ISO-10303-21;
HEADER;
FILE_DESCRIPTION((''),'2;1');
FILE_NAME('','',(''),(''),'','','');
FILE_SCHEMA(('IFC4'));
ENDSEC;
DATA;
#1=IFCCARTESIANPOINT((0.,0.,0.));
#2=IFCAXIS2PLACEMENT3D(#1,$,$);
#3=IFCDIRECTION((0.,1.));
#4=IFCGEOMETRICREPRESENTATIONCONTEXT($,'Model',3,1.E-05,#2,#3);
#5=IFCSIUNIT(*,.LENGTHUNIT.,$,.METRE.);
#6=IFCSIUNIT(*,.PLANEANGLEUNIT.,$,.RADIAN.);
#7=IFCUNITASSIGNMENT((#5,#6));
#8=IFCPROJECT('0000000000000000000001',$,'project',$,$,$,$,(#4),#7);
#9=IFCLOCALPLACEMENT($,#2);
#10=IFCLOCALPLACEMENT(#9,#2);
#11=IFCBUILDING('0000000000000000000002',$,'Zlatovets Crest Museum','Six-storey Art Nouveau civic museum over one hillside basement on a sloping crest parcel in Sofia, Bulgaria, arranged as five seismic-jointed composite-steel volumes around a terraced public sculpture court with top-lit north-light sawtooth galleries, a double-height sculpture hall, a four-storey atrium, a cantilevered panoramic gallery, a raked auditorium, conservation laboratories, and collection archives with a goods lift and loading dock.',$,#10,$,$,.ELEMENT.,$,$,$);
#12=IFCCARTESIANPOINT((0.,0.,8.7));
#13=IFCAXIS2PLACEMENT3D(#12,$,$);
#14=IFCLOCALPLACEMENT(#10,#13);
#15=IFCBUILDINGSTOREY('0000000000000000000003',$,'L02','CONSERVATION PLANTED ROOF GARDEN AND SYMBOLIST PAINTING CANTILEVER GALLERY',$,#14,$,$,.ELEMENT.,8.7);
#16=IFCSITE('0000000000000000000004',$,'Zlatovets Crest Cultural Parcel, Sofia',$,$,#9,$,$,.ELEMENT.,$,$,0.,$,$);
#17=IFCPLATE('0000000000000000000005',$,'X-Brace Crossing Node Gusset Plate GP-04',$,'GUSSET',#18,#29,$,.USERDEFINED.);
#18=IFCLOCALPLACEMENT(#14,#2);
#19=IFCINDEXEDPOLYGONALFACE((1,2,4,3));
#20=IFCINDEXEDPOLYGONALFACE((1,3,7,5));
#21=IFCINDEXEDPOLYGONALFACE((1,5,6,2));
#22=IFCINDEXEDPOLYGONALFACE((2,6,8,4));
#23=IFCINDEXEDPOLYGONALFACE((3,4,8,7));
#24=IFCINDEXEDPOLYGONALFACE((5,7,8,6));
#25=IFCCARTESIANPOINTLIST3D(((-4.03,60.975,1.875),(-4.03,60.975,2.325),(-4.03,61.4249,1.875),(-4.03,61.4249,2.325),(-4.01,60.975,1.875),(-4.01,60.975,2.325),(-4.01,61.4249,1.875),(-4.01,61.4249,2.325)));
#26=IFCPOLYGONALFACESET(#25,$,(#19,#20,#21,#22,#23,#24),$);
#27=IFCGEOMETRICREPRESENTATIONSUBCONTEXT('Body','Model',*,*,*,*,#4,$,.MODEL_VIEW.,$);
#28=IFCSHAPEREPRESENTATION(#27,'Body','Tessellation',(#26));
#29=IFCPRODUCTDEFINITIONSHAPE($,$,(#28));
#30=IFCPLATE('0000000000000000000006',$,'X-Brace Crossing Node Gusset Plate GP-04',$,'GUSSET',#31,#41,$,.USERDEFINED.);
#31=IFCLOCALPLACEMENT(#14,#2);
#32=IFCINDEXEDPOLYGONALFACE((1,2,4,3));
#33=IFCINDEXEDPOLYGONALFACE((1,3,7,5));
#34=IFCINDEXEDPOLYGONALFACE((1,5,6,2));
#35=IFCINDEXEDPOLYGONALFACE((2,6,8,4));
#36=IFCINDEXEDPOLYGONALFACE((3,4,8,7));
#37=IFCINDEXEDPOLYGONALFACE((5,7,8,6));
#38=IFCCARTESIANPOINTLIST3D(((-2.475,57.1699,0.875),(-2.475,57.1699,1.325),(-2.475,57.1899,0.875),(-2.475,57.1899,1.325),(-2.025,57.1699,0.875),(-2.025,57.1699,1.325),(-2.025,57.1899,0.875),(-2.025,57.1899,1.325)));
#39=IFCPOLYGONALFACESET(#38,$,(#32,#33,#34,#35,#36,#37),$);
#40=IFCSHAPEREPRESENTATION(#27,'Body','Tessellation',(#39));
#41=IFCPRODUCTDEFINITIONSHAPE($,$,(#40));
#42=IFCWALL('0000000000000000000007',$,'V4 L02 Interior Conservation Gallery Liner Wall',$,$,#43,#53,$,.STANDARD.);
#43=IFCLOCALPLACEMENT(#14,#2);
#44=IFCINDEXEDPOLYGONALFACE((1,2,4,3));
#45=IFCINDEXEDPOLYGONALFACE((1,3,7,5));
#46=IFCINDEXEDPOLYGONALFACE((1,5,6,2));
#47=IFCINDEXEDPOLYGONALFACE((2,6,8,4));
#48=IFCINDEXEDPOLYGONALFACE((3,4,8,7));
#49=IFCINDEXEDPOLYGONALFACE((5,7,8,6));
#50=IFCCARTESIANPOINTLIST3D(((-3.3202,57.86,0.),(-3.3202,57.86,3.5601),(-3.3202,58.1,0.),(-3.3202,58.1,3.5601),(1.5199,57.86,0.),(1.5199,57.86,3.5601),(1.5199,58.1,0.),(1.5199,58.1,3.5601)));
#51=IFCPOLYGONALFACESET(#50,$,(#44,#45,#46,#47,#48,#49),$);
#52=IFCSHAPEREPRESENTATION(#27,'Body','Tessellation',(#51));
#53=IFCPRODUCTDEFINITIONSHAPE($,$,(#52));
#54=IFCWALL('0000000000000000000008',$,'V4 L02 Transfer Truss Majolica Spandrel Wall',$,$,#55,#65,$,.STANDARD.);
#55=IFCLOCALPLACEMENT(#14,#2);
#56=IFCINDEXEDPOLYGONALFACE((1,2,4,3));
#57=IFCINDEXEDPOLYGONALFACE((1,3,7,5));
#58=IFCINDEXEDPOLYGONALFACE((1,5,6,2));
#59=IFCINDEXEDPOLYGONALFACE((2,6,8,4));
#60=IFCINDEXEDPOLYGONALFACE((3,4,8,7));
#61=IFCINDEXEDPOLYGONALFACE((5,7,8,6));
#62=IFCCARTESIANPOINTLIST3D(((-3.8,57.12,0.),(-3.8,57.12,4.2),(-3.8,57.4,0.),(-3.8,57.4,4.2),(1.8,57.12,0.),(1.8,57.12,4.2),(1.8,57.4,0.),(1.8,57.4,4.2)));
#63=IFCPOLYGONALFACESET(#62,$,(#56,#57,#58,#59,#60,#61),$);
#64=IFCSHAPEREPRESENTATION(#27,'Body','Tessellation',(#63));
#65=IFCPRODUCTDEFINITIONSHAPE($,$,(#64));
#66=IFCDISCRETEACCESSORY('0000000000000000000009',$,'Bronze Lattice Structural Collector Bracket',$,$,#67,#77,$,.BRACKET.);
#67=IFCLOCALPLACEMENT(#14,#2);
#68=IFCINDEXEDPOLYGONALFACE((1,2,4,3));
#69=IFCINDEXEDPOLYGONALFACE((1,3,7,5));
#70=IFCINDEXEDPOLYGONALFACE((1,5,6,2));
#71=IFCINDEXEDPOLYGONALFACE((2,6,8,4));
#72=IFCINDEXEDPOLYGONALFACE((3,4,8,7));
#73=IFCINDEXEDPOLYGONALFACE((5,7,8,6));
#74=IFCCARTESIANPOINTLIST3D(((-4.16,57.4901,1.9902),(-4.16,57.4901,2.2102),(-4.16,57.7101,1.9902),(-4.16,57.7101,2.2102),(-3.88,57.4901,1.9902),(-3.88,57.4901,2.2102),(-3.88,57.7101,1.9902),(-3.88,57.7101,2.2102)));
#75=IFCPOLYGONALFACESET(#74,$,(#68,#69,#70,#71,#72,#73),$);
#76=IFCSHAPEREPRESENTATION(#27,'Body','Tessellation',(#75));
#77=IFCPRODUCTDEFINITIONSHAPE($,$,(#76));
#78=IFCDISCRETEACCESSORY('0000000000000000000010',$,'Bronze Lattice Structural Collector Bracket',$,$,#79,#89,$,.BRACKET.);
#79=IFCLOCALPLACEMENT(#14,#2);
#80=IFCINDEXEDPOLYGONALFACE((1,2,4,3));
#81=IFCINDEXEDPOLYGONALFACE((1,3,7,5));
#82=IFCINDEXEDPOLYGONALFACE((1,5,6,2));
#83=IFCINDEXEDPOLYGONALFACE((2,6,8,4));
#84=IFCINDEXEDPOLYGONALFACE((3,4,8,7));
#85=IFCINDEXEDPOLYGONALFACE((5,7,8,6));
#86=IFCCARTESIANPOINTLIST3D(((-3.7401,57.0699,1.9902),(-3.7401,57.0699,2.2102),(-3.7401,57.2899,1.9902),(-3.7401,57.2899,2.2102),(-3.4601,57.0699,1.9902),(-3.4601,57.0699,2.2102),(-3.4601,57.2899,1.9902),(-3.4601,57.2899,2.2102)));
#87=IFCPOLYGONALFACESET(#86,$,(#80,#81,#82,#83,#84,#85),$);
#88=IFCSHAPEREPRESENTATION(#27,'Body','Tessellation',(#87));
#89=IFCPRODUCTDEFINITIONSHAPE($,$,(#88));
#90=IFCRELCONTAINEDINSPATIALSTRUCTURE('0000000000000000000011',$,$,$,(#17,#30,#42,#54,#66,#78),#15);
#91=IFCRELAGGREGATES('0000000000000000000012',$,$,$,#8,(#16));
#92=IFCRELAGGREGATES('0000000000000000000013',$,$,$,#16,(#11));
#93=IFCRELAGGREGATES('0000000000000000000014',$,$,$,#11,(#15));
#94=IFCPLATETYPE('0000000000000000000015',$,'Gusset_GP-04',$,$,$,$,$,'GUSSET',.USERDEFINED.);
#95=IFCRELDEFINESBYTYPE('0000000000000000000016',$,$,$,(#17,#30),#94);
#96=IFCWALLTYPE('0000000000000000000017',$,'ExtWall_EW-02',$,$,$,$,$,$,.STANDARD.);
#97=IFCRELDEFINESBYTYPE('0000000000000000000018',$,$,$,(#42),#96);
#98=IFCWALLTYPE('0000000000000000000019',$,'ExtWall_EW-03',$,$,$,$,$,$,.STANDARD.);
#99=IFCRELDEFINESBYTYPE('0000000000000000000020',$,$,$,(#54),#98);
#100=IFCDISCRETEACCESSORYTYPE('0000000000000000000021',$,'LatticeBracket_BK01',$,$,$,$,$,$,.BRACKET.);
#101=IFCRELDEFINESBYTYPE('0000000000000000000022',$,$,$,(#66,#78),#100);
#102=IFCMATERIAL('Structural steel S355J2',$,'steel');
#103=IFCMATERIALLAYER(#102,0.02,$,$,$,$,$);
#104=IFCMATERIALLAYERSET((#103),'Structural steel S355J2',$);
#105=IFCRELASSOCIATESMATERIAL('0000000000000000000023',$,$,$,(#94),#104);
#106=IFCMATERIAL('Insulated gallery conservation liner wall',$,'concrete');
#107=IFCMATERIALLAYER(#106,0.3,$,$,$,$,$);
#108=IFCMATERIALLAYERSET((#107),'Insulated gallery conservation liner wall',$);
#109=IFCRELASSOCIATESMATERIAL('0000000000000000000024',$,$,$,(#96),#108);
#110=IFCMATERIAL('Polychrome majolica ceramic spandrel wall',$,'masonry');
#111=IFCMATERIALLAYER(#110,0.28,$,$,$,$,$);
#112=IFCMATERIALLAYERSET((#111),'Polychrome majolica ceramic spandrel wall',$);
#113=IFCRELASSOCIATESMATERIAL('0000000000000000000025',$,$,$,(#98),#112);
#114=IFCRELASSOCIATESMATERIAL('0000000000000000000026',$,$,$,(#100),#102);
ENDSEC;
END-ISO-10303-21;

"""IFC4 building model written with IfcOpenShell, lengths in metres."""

from ifc_helpers import new_model, si_unit, direction, frame, frame_2d, origin, origin_2d, place, context, subcontext, project, spatial, rectangle, extrude, material, layer, layer_set, type_object, element, save


model = new_model("IFC4")

# Units and contexts
model_context = context("Model", 3, precision=1e-05, world=origin(), true_north=direction((0.0, 1.0)))
body_context = subcontext(model_context, "Body", "Model", "MODEL_VIEW")
ifc_project = project(units=[si_unit("LENGTHUNIT", "METRE"), si_unit("PLANEANGLEUNIT", "RADIAN")], contexts=[model_context])

# Site, building, storey
site_placement = place(None, origin())
site = spatial("IfcSite", under=ifc_project, at=site_placement, Name="Zlatovets Crest Cultural Parcel, Sofia", CompositionType="ELEMENT", RefElevation=0.0)
building_placement = place(site_placement, origin())
building = spatial("IfcBuilding", under=site, at=building_placement, Name="Zlatovets Crest Museum", Description="Six-storey Art Nouveau civic museum over one hillside basement on a sloping crest parcel in Sofia, Bulgaria, arranged as five seismic-jointed composite-steel volumes around a terraced public sculpture court with top-lit north-light sawtooth galleries, a double-height sculpture hall, a four-storey atrium, a cantilevered panoramic gallery, a raked auditorium, conservation laboratories, and collection archives with a goods lift and loading dock.", CompositionType="ELEMENT")
storey_placement = place(building_placement, frame((0.0, 0.0, 8.7)))
storey = spatial("IfcBuildingStorey", under=building, at=storey_placement, Name="L02", Description="CONSERVATION PLANTED ROOF GARDEN AND SYMBOLIST PAINTING CANTILEVER GALLERY", CompositionType="ELEMENT", Elevation=8.7)

# Shared definitions
ifc_material_1 = material(Name="Structural steel S355J2", Category="steel")

# Plates
ifc_layer_1 = layer(ifc_material_1, 0.02)
ifc_layer_set_1 = layer_set([ifc_layer_1], Name="Structural steel S355J2")
plate_type_1 = type_object("IfcPlateType", Name="Gusset_GP-04", ElementType="GUSSET", PredefinedType="USERDEFINED", material=ifc_layer_set_1)
plate_1_placement = place(storey_placement, frame((-4.02, 61.2, 1.875), z_axis=(0.0, 0.0, 1.0), x_axis=(1.0, 0.0, 0.0)))
element("IfcPlate", 1, at=plate_1_placement, inside=storey, type_object=plate_type_1, Name="X-Brace Crossing Node Gusset Plate GP-04", ObjectType="GUSSET", PredefinedType="USERDEFINED", context=body_context, shape_type="SweptSolid", body=[
    extrude(rectangle(XDim=0.02, YDim=0.45, at=origin_2d()), origin(), (0.0, 0.0, 1.0), 0.45),
])
plate_2_placement = place(storey_placement, frame((-2.25, 57.1799, 0.875), z_axis=(0.0, 0.0, 1.0), x_axis=(1.0, 0.0, 0.0)))
element("IfcPlate", 2, at=plate_2_placement, inside=storey, type_object=plate_type_1, Name="X-Brace Crossing Node Gusset Plate GP-04", ObjectType="GUSSET", PredefinedType="USERDEFINED", context=body_context, shape_type="SweptSolid", body=[
    extrude(rectangle(XDim=0.45, YDim=0.02, at=origin_2d()), origin(), (0.0, 0.0, 1.0), 0.45),
])

# Walls
ifc_material_2 = material(Name="Insulated gallery conservation liner wall", Category="concrete")
ifc_layer_2 = layer(ifc_material_2, 0.3)
ifc_layer_set_2 = layer_set([ifc_layer_2], Name="Insulated gallery conservation liner wall")
wall_type_1 = type_object("IfcWallType", Name="ExtWall_EW-02", PredefinedType="STANDARD", material=ifc_layer_set_2)
wall_1_placement = place(storey_placement, frame((-3.3201, 57.98, 0.0), z_axis=(0.0, 0.0, 1.0), x_axis=(1.0, 0.0, 0.0)))
element("IfcWall", 3, at=wall_1_placement, inside=storey, type_object=wall_type_1, Name="V4 L02 Interior Conservation Gallery Liner Wall", PredefinedType="STANDARD", context=body_context, shape_type="SweptSolid", body=[
    extrude(rectangle(XDim=4.8401, YDim=0.24, at=frame_2d((2.4199, 0.0))), origin(), (0.0, 0.0, 1.0), 3.5601),
])
ifc_material_3 = material(Name="Polychrome majolica ceramic spandrel wall", Category="masonry")
ifc_layer_3 = layer(ifc_material_3, 0.28)
ifc_layer_set_3 = layer_set([ifc_layer_3], Name="Polychrome majolica ceramic spandrel wall")
wall_type_2 = type_object("IfcWallType", Name="ExtWall_EW-03", PredefinedType="STANDARD", material=ifc_layer_set_3)
wall_2_placement = place(storey_placement, frame((-3.8, 57.26, 0.0), z_axis=(0.0, 0.0, 1.0), x_axis=(1.0, 0.0, 0.0)))
element("IfcWall", 4, at=wall_2_placement, inside=storey, type_object=wall_type_2, Name="V4 L02 Transfer Truss Majolica Spandrel Wall", PredefinedType="STANDARD", context=body_context, shape_type="SweptSolid", body=[
    extrude(rectangle(XDim=5.6001, YDim=0.28, at=frame_2d((2.8, 0.0))), origin(), (0.0, 0.0, 1.0), 4.2),
])

# Discrete accessories
discrete_accessory_type = type_object("IfcDiscreteAccessoryType", Name="LatticeBracket_BK01", PredefinedType="BRACKET", material=ifc_material_1)
for number, where, z_axis, x_axis, name in (
    (5, (-4.02, 57.6001, 1.9902), (0.0, 0.0, 1.0), (1.0, 0.0, 0.0), "Bronze Lattice Structural Collector Bracket"),
    (6, (-3.6001, 57.1799, 1.9902), (0.0, 0.0, 1.0), (1.0, 0.0, 0.0), "Bronze Lattice Structural Collector Bracket"),
):
    element("IfcDiscreteAccessory", number, at=place(storey_placement, frame(where, z_axis=z_axis, x_axis=x_axis)), inside=storey, type_object=discrete_accessory_type, Name=name, PredefinedType="BRACKET", context=body_context, shape_type="SweptSolid", body=[
        extrude(rectangle(XDim=0.28, YDim=0.22, at=origin_2d()), origin(), (0.0, 0.0, 1.0), 0.22),
    ])

save(model, "model.ifc")
